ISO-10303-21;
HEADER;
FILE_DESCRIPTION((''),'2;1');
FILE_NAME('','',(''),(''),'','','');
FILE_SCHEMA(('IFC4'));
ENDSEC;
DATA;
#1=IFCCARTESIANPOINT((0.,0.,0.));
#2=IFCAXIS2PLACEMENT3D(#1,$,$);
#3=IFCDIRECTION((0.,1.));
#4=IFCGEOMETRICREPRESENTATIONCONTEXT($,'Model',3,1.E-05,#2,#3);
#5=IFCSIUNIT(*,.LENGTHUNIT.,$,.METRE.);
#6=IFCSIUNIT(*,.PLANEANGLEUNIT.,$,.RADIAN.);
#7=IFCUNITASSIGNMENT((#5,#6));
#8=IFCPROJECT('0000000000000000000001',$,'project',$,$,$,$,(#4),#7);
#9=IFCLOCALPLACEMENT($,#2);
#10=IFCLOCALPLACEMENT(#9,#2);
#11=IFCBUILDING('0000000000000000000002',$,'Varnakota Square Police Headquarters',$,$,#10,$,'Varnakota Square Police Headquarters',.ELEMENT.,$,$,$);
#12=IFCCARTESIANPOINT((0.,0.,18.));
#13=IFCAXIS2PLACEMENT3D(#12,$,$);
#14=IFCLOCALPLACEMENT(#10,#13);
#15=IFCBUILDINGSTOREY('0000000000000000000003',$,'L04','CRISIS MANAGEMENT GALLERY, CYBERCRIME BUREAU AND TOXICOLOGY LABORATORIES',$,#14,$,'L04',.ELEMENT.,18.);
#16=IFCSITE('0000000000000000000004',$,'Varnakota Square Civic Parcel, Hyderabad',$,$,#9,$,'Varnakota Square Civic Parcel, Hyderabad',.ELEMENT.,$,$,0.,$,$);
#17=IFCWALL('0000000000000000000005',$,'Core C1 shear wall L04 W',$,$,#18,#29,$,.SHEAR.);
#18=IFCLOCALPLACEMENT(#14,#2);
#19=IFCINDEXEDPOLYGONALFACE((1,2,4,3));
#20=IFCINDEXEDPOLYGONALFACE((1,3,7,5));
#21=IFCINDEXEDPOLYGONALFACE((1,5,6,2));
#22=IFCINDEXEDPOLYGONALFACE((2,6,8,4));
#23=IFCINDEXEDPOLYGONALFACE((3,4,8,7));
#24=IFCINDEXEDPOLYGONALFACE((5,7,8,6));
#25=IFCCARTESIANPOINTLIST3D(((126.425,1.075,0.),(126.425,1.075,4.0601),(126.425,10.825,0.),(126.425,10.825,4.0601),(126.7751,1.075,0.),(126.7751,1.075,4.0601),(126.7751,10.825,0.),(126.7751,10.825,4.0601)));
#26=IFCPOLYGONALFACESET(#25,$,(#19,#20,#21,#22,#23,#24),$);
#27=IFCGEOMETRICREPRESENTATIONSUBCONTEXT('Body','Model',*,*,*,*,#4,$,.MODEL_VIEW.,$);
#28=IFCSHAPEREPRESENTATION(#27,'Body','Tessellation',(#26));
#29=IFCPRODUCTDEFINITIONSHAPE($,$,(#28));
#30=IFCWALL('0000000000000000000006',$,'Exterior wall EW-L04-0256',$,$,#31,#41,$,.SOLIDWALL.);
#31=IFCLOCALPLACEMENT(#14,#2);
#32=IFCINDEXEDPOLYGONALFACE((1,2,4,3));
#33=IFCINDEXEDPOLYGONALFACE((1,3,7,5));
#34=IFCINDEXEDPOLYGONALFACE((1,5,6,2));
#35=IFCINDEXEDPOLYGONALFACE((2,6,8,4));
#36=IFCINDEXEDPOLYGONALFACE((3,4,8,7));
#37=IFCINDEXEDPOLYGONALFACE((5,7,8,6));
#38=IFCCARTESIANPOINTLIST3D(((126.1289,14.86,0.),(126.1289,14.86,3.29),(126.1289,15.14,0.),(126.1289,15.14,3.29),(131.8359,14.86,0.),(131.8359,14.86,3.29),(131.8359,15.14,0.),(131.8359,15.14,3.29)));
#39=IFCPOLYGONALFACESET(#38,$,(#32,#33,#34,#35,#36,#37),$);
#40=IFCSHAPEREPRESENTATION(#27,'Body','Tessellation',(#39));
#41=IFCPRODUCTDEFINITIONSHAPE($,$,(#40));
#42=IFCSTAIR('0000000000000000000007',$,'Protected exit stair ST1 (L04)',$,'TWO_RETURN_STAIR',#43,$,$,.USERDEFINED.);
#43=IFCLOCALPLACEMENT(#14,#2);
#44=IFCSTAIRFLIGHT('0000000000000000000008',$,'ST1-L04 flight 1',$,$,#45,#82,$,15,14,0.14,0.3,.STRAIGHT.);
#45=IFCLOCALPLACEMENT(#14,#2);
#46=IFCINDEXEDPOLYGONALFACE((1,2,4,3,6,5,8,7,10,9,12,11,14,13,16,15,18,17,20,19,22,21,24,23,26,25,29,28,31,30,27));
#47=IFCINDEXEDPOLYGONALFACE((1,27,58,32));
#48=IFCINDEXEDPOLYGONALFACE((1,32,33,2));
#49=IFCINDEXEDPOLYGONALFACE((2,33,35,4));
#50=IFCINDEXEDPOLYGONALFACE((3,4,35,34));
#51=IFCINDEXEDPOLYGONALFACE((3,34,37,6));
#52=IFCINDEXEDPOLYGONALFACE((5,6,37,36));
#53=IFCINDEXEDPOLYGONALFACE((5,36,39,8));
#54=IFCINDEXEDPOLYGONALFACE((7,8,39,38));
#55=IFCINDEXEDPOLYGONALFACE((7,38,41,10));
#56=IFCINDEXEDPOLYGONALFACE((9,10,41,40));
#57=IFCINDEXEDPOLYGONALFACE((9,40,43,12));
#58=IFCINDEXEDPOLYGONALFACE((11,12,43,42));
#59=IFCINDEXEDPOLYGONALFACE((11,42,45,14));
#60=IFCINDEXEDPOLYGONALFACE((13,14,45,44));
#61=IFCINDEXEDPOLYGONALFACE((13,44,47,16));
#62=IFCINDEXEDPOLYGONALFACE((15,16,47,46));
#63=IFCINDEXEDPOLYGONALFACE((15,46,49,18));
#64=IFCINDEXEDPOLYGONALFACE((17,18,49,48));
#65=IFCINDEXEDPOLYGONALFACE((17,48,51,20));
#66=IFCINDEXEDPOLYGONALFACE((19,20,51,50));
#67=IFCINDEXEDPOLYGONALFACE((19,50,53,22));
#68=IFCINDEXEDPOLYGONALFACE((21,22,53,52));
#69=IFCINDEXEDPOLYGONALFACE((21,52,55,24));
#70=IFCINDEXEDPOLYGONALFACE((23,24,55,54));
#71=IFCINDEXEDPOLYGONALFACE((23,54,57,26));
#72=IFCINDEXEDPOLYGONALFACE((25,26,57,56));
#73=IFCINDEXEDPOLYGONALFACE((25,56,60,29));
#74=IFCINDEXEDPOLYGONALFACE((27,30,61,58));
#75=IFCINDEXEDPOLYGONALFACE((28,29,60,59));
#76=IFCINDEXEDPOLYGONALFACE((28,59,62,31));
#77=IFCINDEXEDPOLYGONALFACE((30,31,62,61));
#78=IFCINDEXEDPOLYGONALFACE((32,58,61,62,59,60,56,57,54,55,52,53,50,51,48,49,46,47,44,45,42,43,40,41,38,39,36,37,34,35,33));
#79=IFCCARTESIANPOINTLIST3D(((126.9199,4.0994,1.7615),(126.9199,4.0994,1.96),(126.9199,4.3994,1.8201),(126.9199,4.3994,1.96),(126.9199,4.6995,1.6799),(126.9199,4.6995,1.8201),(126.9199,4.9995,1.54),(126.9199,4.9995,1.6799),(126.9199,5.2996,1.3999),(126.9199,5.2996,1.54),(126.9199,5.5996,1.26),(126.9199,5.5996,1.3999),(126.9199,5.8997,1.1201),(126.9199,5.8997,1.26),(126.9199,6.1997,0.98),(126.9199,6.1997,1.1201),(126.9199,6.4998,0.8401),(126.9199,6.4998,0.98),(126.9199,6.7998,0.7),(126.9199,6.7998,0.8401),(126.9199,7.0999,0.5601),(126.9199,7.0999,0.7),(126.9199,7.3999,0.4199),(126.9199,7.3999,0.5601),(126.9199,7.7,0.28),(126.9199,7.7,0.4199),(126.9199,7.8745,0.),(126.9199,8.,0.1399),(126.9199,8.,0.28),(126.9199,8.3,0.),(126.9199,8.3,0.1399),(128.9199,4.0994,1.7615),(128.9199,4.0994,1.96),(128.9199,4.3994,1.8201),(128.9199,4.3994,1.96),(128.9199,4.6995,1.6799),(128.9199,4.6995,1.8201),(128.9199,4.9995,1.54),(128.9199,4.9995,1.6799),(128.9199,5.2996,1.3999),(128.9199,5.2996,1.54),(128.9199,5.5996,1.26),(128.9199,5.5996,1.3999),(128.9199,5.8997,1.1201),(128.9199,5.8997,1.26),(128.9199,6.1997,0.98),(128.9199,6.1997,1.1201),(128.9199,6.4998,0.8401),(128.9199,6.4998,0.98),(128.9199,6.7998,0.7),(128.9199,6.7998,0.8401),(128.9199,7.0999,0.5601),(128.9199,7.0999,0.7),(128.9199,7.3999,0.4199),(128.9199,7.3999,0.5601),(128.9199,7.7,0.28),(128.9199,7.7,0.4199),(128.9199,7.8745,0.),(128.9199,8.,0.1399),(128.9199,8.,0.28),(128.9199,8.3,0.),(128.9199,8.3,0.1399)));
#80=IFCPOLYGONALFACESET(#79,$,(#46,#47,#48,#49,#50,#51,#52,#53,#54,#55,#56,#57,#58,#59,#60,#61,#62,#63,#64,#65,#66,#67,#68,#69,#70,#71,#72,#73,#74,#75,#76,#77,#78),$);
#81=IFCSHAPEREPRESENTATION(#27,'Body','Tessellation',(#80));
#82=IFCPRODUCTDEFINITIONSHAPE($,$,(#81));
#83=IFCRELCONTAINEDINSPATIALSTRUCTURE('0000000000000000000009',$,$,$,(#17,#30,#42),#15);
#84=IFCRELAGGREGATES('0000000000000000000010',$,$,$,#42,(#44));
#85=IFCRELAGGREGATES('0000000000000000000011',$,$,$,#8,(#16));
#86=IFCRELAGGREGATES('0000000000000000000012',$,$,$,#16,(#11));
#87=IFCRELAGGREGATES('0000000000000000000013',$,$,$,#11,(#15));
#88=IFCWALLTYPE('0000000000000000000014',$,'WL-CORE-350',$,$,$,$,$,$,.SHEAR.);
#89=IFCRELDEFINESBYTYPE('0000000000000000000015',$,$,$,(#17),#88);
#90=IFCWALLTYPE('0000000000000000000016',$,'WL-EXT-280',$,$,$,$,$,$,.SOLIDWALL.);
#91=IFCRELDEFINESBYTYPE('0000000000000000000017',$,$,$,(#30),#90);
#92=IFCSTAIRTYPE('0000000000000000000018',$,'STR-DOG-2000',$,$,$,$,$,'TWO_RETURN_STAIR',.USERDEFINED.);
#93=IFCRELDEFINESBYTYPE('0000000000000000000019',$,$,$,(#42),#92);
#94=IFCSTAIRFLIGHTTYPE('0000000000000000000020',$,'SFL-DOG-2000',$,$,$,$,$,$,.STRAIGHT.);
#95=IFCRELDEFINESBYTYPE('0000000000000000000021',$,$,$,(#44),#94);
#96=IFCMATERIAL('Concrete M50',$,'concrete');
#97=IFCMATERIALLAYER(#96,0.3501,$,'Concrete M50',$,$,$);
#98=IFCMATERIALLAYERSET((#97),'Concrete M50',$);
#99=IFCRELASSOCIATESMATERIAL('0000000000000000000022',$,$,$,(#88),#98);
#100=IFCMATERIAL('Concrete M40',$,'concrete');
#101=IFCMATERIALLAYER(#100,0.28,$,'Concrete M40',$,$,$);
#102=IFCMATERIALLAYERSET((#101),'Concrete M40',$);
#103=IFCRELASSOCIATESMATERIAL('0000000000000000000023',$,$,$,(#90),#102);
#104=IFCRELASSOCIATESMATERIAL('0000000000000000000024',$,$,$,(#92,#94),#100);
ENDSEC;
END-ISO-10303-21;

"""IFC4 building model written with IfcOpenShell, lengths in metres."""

from ifc_helpers import new_model, si_unit, direction, frame, frame_2d, origin, place, context, subcontext, project, spatial, polyline, rectangle, outline, extrude, material, layer, layer_set, type_object, element, aggregate, save


model = new_model("IFC4")

# Units and contexts
model_context = context("Model", 3, precision=1e-05, world=origin(), true_north=direction((0.0, 1.0)))
body_context = subcontext(model_context, "Body", "Model", "MODEL_VIEW")
ifc_project = project(units=[si_unit("LENGTHUNIT", "METRE"), si_unit("PLANEANGLEUNIT", "RADIAN")], contexts=[model_context])

# Site, building, storey
site_placement = place(None, origin())
site = spatial("IfcSite", under=ifc_project, at=site_placement, Name="Varnakota Square Civic Parcel, Hyderabad", LongName="Varnakota Square Civic Parcel, Hyderabad", CompositionType="ELEMENT", RefElevation=0.0)
building_placement = place(site_placement, origin())
building = spatial("IfcBuilding", under=site, at=building_placement, Name="Varnakota Square Police Headquarters", LongName="Varnakota Square Police Headquarters", CompositionType="ELEMENT")
storey_placement = place(building_placement, frame((0.0, 0.0, 18.0)))
storey = spatial("IfcBuildingStorey", under=building, at=storey_placement, Name="L04", Description="CRISIS MANAGEMENT GALLERY, CYBERCRIME BUREAU AND TOXICOLOGY LABORATORIES", LongName="L04", CompositionType="ELEMENT", Elevation=18.0)

# Walls
ifc_material_1 = material(Name="Concrete M50", Category="concrete")
ifc_layer_1 = layer(ifc_material_1, 0.3501, Name="Concrete M50")
ifc_layer_set_1 = layer_set([ifc_layer_1], Name="Concrete M50")
wall_type_1 = type_object("IfcWallType", Name="WL-CORE-350", PredefinedType="SHEAR", material=ifc_layer_set_1)
wall_1_placement = place(storey_placement, frame((126.6001, 10.825, 0.0), z_axis=(0.0, 0.0, 1.0), x_axis=(0.0, -1.0, 0.0)))
element("IfcWall", 1, at=wall_1_placement, inside=storey, type_object=wall_type_1, Name="Core C1 shear wall L04 W", PredefinedType="SHEAR", context=body_context, shape_type="SweptSolid", body=[
    extrude(rectangle(XDim=9.75, YDim=0.3501, at=frame_2d((4.875, 0.0))), origin(), (0.0, 0.0, 1.0), 4.0601),
])
ifc_material_2 = material(Name="Concrete M40", Category="concrete")
ifc_layer_2 = layer(ifc_material_2, 0.28, Name="Concrete M40")
ifc_layer_set_2 = layer_set([ifc_layer_2], Name="Concrete M40")
wall_type_2 = type_object("IfcWallType", Name="WL-EXT-280", PredefinedType="SOLIDWALL", material=ifc_layer_set_2)
wall_2_placement = place(storey_placement, frame((126.1289, 15.0, 0.0), z_axis=(0.0, 0.0, 1.0), x_axis=(1.0, 0.0, 0.0)))
element("IfcWall", 2, at=wall_2_placement, inside=storey, type_object=wall_type_2, Name="Exterior wall EW-L04-0256", PredefinedType="SOLIDWALL", context=body_context, shape_type="SweptSolid", body=[
    extrude(rectangle(XDim=5.707, YDim=0.28, at=frame_2d((2.8535, 0.0))), origin(), (0.0, 0.0, 1.0), 3.29),
])

# Stair, stair flight
stair_type = type_object("IfcStairType", Name="STR-DOG-2000", ElementType="TWO_RETURN_STAIR", PredefinedType="USERDEFINED", material=ifc_material_2)
stair_placement = place(storey_placement, origin())
stair = element("IfcStair", 3, at=stair_placement, inside=storey, type_object=stair_type, Name="Protected exit stair ST1 (L04)", ObjectType="TWO_RETURN_STAIR", PredefinedType="USERDEFINED")
stair_flight_type = type_object("IfcStairFlightType", Name="SFL-DOG-2000", PredefinedType="STRAIGHT", material=ifc_material_2)
stair_flight_placement = place(storey_placement, frame((127.9199, 8.3, 0.0), z_axis=(0.0, 0.0, 1.0), x_axis=(0.0, -1.0, 0.0)))
stair_flight = element("IfcStairFlight", 4, at=stair_flight_placement, type_object=stair_flight_type, Name="ST1-L04 flight 1", NumberOfRisers=15, NumberOfTreads=14, PredefinedType="STRAIGHT", RiserHeight=0.14, TreadLength=0.3, context=body_context, shape_type="SweptSolid", body=[
    extrude(outline(polyline([(0.0, 0.0), (0.0, 0.1399), (0.3, 0.1399), (0.3, 0.28), (0.6001, 0.28), (0.6001, 0.4199), (0.9001, 0.4199), (0.9001, 0.5601), (1.2002, 0.5601), (1.2002, 0.7), (1.5002, 0.7), (1.5002, 0.8401), (1.8003, 0.8401), (1.8003, 0.98), (2.1003, 0.98), (2.1003, 1.1201), (2.4004, 1.1201), (2.4004, 1.26), (2.7004, 1.26), (2.7004, 1.3999), (3.0005, 1.3999), (3.0005, 1.54), (3.3005, 1.54), (3.3005, 1.6799), (3.6006, 1.6799), (3.6006, 1.8201), (3.9006, 1.8201), (3.9006, 1.96), (4.2007, 1.96), (4.2007, 2.1001), (4.2007, 1.7615), (0.4255, 0.0), (0.0, 0.0)])), frame((0.0, 1.0, 0.0), z_axis=(0.0, -1.0, 0.0), x_axis=(1.0, 0.0, 0.0)), (0.0, 0.0, 1.0), 2.0),
])
aggregate(stair, [stair_flight])

save(model, "model.ifc")
